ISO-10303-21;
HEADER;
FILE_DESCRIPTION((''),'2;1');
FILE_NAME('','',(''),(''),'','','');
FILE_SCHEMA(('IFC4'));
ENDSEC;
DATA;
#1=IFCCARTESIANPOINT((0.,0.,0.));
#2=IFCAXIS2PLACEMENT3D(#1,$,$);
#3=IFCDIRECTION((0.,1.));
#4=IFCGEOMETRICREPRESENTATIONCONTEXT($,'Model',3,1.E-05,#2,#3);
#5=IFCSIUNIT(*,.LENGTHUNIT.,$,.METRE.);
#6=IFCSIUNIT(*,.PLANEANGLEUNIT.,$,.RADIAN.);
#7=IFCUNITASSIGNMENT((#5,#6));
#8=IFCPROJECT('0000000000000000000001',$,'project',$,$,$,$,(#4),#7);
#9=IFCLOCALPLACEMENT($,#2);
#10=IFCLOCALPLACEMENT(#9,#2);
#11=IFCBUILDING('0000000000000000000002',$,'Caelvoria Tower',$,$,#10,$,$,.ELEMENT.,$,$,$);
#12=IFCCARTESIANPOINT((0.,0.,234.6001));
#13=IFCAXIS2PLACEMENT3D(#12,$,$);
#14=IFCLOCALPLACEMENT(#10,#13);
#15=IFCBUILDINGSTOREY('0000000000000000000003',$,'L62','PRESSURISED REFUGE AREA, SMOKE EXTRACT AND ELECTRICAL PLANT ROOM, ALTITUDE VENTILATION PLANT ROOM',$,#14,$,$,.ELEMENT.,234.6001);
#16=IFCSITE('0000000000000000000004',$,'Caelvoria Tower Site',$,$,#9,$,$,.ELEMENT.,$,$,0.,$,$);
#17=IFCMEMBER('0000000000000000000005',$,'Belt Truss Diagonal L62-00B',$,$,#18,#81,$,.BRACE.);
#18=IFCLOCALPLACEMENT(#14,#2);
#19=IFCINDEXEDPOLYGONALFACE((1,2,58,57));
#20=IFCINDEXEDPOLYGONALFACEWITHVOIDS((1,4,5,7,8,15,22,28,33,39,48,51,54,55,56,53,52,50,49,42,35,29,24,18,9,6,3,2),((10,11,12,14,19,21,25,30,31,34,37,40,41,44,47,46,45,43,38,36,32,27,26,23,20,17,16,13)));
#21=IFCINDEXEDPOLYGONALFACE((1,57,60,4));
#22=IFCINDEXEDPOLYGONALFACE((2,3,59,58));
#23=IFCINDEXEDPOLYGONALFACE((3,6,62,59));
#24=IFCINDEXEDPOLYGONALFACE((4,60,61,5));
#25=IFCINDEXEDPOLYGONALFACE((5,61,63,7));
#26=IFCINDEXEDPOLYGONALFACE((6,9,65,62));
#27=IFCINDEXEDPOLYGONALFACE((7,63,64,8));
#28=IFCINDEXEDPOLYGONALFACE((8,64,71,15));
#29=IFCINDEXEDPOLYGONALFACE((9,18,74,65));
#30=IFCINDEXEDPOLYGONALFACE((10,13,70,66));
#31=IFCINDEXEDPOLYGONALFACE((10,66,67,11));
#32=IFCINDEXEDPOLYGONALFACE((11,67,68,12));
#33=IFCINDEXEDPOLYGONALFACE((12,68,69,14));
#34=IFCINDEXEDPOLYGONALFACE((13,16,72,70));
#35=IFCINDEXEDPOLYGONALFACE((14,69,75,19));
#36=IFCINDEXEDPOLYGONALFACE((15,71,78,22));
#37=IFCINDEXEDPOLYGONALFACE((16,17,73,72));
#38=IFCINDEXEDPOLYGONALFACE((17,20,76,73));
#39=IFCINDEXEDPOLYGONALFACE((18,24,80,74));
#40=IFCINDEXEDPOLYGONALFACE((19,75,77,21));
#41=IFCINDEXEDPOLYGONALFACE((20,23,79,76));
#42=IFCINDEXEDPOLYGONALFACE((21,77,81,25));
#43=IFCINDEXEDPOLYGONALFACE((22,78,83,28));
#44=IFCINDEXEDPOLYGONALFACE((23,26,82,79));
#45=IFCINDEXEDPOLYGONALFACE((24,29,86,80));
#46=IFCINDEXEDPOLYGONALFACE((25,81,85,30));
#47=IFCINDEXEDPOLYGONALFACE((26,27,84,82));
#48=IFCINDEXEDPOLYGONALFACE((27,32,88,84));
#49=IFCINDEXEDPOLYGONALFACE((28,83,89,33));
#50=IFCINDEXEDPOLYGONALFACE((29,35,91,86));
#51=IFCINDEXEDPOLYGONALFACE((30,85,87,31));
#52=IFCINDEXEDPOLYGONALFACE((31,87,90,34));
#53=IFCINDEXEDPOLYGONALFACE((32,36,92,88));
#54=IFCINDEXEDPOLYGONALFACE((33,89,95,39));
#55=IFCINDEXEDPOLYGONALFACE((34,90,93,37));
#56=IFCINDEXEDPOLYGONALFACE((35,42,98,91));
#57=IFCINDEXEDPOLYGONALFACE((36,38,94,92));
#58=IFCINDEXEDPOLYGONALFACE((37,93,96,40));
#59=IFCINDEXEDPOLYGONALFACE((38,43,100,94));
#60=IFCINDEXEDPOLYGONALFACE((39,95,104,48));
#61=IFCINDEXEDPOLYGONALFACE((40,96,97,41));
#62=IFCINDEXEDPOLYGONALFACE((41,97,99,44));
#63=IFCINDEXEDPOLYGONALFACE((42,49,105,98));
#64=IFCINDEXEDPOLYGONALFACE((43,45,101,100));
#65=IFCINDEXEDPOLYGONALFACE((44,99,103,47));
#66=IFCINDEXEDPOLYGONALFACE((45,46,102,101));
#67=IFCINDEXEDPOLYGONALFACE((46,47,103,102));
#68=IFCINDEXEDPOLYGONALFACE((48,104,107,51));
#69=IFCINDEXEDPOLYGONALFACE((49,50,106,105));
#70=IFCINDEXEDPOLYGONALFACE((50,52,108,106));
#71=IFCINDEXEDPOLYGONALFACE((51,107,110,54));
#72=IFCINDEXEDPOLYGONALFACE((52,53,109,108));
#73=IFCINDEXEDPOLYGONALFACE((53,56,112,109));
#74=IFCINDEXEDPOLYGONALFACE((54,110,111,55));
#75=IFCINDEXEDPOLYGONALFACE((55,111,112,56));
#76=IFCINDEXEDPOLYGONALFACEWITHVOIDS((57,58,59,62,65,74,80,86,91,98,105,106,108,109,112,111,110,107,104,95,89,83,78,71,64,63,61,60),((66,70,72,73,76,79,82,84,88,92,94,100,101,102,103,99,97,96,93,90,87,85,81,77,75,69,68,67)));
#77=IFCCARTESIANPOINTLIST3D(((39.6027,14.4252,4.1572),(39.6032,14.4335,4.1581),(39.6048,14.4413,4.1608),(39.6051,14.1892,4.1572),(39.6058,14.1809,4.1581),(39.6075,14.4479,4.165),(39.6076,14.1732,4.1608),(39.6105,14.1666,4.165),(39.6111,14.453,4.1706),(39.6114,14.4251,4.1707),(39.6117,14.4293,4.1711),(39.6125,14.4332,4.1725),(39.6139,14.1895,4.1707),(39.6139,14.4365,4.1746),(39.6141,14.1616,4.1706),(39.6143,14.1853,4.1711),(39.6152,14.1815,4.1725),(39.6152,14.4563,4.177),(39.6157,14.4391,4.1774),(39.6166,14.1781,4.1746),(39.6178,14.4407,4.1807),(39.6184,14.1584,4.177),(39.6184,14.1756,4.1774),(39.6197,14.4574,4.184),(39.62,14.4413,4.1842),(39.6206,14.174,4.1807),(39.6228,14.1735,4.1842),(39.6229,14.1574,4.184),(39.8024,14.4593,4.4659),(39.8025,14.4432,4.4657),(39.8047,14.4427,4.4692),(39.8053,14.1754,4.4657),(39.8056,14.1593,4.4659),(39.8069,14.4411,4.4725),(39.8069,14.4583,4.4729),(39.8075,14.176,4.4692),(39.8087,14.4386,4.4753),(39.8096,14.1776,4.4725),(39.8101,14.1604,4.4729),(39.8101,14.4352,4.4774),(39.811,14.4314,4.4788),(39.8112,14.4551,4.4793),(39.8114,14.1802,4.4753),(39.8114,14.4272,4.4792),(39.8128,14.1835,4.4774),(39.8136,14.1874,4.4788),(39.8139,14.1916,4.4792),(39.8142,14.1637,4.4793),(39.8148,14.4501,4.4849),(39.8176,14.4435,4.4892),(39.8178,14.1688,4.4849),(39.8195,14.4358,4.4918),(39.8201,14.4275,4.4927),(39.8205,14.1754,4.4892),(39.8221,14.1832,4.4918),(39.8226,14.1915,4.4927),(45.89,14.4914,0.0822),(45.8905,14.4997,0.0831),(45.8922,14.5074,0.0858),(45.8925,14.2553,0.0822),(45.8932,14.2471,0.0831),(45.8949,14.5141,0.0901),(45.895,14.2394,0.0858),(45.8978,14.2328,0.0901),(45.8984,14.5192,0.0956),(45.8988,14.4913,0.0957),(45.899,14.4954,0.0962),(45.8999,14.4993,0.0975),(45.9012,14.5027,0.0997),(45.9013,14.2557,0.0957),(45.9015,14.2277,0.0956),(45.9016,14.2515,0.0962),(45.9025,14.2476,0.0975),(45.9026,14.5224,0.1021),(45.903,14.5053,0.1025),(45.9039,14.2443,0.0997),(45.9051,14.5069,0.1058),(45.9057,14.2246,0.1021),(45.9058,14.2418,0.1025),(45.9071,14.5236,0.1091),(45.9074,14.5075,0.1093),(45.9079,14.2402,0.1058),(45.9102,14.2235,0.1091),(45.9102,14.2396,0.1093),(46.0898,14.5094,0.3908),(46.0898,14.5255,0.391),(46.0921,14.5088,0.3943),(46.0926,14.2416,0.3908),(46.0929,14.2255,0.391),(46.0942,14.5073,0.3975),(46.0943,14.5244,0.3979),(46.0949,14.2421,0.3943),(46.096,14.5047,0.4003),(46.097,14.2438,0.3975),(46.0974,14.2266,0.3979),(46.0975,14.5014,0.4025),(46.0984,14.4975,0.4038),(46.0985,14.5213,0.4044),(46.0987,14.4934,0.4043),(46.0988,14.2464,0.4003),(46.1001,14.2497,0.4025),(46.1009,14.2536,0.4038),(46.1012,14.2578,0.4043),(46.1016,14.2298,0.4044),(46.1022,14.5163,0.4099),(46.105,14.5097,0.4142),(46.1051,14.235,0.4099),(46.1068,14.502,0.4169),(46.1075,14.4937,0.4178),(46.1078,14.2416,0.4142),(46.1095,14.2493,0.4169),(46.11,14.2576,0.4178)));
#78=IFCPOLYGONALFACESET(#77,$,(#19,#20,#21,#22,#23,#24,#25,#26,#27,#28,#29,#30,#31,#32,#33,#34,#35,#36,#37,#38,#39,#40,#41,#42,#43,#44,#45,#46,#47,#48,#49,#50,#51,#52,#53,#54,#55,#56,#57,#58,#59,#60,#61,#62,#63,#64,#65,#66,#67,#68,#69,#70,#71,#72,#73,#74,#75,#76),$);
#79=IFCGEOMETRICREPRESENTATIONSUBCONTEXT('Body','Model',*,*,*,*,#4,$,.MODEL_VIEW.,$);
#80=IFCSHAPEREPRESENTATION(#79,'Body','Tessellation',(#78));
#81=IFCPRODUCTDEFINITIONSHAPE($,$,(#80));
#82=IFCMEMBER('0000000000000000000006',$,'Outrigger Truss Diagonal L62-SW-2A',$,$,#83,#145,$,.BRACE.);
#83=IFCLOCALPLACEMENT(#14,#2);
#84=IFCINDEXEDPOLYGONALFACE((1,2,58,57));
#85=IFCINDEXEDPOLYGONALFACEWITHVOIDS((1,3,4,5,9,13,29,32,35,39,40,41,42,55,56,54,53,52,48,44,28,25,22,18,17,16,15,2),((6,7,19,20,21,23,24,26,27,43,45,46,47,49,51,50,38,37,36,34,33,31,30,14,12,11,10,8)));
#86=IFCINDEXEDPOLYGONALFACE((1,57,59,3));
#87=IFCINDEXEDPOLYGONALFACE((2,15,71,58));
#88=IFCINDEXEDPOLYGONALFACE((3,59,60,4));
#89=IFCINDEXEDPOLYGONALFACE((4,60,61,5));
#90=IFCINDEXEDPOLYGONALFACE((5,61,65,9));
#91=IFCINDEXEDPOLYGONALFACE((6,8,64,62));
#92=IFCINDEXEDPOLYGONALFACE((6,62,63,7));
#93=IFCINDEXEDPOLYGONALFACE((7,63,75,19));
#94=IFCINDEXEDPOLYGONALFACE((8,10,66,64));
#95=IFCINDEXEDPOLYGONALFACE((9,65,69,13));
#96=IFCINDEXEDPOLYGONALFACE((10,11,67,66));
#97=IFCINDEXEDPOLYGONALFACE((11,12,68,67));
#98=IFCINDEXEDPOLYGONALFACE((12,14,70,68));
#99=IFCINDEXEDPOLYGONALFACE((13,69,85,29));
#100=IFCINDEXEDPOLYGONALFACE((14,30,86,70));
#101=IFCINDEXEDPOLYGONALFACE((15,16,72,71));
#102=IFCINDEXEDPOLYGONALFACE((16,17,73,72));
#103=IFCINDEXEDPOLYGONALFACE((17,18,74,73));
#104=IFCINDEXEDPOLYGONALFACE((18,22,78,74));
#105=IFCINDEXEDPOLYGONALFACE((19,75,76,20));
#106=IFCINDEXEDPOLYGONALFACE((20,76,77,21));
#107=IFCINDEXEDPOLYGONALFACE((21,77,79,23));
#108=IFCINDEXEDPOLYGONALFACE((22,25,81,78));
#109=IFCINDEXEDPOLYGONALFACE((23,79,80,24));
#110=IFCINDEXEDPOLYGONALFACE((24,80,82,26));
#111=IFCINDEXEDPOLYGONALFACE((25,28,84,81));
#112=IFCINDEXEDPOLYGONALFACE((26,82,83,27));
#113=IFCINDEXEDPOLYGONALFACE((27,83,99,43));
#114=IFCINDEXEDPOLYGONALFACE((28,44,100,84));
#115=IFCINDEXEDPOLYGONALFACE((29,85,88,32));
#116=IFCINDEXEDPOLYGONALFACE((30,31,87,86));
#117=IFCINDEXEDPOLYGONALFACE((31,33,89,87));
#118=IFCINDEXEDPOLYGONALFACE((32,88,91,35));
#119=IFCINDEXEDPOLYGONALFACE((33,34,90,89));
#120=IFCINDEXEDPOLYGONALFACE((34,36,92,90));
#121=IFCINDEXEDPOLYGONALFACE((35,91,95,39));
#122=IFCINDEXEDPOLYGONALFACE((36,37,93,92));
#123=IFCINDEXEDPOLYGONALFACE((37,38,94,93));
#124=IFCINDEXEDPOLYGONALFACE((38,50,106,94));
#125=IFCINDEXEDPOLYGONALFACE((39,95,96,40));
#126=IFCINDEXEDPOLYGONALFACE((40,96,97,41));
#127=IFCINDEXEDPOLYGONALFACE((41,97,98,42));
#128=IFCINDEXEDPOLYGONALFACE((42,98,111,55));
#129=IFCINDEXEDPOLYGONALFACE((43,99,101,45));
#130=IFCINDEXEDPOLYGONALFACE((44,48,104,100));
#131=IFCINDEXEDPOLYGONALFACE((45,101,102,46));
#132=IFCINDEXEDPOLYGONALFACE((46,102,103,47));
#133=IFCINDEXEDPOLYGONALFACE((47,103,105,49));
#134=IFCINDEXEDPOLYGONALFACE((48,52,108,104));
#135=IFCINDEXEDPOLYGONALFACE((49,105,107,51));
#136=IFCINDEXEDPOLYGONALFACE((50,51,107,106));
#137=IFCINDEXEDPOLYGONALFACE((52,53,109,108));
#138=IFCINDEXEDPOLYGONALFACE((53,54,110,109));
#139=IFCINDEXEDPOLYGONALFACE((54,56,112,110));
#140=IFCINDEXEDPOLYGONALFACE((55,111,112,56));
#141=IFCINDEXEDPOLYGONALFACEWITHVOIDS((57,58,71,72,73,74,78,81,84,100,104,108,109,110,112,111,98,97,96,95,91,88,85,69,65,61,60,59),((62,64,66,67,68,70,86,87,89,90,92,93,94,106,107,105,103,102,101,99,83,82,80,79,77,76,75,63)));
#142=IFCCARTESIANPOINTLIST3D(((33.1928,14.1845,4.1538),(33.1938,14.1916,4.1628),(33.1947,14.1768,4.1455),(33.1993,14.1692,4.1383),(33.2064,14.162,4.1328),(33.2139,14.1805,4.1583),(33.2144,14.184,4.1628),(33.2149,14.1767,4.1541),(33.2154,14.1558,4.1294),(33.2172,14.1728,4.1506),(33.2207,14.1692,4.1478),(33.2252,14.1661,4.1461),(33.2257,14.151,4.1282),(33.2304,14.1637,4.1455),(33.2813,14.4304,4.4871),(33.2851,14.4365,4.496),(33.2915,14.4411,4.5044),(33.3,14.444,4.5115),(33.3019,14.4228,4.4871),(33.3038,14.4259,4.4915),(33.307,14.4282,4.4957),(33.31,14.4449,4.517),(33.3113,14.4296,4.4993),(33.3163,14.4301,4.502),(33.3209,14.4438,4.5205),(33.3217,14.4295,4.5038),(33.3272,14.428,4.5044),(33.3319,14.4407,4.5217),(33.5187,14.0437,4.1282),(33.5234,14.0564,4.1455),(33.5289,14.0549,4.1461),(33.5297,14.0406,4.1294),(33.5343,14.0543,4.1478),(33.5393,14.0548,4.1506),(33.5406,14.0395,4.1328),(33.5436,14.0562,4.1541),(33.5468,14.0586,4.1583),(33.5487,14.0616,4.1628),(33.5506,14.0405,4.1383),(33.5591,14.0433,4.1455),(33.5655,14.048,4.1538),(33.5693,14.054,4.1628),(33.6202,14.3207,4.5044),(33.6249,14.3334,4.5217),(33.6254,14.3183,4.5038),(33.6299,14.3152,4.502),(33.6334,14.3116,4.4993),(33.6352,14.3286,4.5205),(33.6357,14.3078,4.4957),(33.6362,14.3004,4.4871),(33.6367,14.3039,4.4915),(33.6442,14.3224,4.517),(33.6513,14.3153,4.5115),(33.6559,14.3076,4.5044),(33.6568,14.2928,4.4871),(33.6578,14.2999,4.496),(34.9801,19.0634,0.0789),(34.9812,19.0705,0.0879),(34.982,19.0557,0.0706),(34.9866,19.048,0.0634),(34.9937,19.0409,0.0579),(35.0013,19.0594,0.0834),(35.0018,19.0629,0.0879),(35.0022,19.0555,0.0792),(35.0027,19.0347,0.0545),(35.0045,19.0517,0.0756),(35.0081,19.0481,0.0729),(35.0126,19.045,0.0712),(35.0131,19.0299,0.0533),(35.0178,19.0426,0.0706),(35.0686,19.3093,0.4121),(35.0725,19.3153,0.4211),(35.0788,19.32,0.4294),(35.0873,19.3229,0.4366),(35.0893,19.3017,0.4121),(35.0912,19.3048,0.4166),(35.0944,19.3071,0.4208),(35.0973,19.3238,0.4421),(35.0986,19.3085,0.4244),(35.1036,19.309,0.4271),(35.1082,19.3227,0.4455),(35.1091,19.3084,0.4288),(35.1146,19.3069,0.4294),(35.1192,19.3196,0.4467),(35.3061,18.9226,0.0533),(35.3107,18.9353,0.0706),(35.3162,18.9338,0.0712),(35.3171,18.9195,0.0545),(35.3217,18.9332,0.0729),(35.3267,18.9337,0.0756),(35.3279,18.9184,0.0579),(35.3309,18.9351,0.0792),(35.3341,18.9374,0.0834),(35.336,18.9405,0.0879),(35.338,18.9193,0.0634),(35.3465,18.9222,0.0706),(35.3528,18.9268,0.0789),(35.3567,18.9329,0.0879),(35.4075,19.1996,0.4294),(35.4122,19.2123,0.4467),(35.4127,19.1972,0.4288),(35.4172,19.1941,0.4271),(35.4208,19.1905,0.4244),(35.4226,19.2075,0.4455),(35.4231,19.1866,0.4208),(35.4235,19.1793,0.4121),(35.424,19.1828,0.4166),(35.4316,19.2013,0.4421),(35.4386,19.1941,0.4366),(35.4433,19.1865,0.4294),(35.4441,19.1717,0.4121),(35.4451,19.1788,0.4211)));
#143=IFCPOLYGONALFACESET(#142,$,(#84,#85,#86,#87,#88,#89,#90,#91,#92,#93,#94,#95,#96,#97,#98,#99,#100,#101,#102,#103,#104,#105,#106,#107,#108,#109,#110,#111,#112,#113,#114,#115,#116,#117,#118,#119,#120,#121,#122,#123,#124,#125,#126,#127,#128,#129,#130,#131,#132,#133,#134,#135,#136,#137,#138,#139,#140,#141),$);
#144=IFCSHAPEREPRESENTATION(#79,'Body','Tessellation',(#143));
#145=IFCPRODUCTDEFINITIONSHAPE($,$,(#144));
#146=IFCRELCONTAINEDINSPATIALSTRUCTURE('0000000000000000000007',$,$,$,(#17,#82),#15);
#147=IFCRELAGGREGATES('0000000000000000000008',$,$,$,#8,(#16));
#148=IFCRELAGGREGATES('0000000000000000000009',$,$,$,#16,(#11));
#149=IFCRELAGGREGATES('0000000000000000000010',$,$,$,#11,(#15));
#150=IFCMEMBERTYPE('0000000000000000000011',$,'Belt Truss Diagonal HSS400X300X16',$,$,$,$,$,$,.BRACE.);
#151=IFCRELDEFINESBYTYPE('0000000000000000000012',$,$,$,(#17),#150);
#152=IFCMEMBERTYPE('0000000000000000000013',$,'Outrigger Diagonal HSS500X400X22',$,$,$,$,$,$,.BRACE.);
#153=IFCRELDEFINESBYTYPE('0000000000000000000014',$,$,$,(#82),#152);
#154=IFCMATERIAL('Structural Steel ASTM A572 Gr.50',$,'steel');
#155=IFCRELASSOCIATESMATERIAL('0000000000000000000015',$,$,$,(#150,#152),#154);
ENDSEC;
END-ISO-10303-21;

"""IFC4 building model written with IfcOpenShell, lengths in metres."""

from ifc_helpers import new_model, si_unit, direction, frame, origin, origin_2d, place, context, subcontext, project, spatial, hollow_rectangle, extrude, material, material_profile, profile_set, type_object, element, save


model = new_model("IFC4")

# Units and contexts
model_context = context("Model", 3, precision=1e-05, world=origin(), true_north=direction((0.0, 1.0)))
body_context = subcontext(model_context, "Body", "Model", "MODEL_VIEW")
ifc_project = project(units=[si_unit("LENGTHUNIT", "METRE"), si_unit("PLANEANGLEUNIT", "RADIAN")], contexts=[model_context])

# Site, building, storey
site_placement = place(None, origin())
site = spatial("IfcSite", under=ifc_project, at=site_placement, Name="Caelvoria Tower Site", CompositionType="ELEMENT", RefElevation=0.0)
building_placement = place(site_placement, origin())
building = spatial("IfcBuilding", under=site, at=building_placement, Name="Caelvoria Tower", CompositionType="ELEMENT")
storey_placement = place(building_placement, frame((0.0, 0.0, 234.6001)))
storey = spatial("IfcBuildingStorey", under=building, at=storey_placement, Name="L62", Description="PRESSURISED REFUGE AREA, SMOKE EXTRACT AND ELECTRICAL PLANT ROOM, ALTITUDE VENTILATION PLANT ROOM", CompositionType="ELEMENT", Elevation=234.6001)

# Members
ifc_material_1 = material(Name="Structural Steel ASTM A572 Gr.50", Category="steel")
ifc_material_profile_1 = material_profile(ifc_material_1, hollow_rectangle(XDim=0.3, YDim=0.3999, WallThickness=0.0161, InnerFilletRadius=0.0161, OuterFilletRadius=0.032, at=origin_2d()), Name="Structural Steel ASTM A572 Gr.50")
ifc_profile_set_1 = profile_set([ifc_material_profile_1], Name="HSS400X300X16 - Structural Steel ASTM A572 Gr.50")
member_type_1 = type_object("IfcMemberType", Name="Belt Truss Diagonal HSS400X300X16", PredefinedType="BRACE", material=ifc_profile_set_1)
member_1_placement = place(storey_placement, frame((39.7126, 14.3083, 4.325), z_axis=(0.839132, 0.00883, -0.543857), x_axis=(-0.010522, 0.999945, 0.0)))
element("IfcMember", 1, at=member_1_placement, inside=storey, type_object=member_type_1, Name="Belt Truss Diagonal L62-00B", PredefinedType="BRACE", context=body_context, shape_type="SweptSolid", body=[
    extrude(hollow_rectangle(XDim=0.3, YDim=0.3999, WallThickness=0.0161, InnerFilletRadius=0.0161, OuterFilletRadius=0.032, at=origin_2d()), origin(), (0.0, 0.0, 1.0), 7.4927),
])
ifc_material_profile_2 = material_profile(ifc_material_1, hollow_rectangle(XDim=0.3999, YDim=0.5, WallThickness=0.022, InnerFilletRadius=0.022, OuterFilletRadius=0.0439, at=origin_2d()), Name="Structural Steel ASTM A572 Gr.50")
ifc_profile_set_2 = profile_set([ifc_material_profile_2], Name="HSS500X400X22 - Structural Steel ASTM A572 Gr.50")
member_type_2 = type_object("IfcMemberType", Name="Outrigger Diagonal HSS500X400X22", PredefinedType="BRACE", material=ifc_profile_set_2)
member_2_placement = place(storey_placement, frame((35.2126, 19.1211, 0.25), z_axis=(-0.270676, -0.738859, 0.617108), x_axis=(0.938974, -0.343987, 0.0)))
element("IfcMember", 2, at=member_2_placement, inside=storey, type_object=member_type_2, Name="Outrigger Truss Diagonal L62-SW-2A", PredefinedType="BRACE", context=body_context, shape_type="SweptSolid", body=[
    extrude(hollow_rectangle(XDim=0.3999, YDim=0.5, WallThickness=0.022, InnerFilletRadius=0.022, OuterFilletRadius=0.0439, at=origin_2d()), origin(), (0.0, 0.0, 1.0), 6.6033),
])

save(model, "model.ifc")
